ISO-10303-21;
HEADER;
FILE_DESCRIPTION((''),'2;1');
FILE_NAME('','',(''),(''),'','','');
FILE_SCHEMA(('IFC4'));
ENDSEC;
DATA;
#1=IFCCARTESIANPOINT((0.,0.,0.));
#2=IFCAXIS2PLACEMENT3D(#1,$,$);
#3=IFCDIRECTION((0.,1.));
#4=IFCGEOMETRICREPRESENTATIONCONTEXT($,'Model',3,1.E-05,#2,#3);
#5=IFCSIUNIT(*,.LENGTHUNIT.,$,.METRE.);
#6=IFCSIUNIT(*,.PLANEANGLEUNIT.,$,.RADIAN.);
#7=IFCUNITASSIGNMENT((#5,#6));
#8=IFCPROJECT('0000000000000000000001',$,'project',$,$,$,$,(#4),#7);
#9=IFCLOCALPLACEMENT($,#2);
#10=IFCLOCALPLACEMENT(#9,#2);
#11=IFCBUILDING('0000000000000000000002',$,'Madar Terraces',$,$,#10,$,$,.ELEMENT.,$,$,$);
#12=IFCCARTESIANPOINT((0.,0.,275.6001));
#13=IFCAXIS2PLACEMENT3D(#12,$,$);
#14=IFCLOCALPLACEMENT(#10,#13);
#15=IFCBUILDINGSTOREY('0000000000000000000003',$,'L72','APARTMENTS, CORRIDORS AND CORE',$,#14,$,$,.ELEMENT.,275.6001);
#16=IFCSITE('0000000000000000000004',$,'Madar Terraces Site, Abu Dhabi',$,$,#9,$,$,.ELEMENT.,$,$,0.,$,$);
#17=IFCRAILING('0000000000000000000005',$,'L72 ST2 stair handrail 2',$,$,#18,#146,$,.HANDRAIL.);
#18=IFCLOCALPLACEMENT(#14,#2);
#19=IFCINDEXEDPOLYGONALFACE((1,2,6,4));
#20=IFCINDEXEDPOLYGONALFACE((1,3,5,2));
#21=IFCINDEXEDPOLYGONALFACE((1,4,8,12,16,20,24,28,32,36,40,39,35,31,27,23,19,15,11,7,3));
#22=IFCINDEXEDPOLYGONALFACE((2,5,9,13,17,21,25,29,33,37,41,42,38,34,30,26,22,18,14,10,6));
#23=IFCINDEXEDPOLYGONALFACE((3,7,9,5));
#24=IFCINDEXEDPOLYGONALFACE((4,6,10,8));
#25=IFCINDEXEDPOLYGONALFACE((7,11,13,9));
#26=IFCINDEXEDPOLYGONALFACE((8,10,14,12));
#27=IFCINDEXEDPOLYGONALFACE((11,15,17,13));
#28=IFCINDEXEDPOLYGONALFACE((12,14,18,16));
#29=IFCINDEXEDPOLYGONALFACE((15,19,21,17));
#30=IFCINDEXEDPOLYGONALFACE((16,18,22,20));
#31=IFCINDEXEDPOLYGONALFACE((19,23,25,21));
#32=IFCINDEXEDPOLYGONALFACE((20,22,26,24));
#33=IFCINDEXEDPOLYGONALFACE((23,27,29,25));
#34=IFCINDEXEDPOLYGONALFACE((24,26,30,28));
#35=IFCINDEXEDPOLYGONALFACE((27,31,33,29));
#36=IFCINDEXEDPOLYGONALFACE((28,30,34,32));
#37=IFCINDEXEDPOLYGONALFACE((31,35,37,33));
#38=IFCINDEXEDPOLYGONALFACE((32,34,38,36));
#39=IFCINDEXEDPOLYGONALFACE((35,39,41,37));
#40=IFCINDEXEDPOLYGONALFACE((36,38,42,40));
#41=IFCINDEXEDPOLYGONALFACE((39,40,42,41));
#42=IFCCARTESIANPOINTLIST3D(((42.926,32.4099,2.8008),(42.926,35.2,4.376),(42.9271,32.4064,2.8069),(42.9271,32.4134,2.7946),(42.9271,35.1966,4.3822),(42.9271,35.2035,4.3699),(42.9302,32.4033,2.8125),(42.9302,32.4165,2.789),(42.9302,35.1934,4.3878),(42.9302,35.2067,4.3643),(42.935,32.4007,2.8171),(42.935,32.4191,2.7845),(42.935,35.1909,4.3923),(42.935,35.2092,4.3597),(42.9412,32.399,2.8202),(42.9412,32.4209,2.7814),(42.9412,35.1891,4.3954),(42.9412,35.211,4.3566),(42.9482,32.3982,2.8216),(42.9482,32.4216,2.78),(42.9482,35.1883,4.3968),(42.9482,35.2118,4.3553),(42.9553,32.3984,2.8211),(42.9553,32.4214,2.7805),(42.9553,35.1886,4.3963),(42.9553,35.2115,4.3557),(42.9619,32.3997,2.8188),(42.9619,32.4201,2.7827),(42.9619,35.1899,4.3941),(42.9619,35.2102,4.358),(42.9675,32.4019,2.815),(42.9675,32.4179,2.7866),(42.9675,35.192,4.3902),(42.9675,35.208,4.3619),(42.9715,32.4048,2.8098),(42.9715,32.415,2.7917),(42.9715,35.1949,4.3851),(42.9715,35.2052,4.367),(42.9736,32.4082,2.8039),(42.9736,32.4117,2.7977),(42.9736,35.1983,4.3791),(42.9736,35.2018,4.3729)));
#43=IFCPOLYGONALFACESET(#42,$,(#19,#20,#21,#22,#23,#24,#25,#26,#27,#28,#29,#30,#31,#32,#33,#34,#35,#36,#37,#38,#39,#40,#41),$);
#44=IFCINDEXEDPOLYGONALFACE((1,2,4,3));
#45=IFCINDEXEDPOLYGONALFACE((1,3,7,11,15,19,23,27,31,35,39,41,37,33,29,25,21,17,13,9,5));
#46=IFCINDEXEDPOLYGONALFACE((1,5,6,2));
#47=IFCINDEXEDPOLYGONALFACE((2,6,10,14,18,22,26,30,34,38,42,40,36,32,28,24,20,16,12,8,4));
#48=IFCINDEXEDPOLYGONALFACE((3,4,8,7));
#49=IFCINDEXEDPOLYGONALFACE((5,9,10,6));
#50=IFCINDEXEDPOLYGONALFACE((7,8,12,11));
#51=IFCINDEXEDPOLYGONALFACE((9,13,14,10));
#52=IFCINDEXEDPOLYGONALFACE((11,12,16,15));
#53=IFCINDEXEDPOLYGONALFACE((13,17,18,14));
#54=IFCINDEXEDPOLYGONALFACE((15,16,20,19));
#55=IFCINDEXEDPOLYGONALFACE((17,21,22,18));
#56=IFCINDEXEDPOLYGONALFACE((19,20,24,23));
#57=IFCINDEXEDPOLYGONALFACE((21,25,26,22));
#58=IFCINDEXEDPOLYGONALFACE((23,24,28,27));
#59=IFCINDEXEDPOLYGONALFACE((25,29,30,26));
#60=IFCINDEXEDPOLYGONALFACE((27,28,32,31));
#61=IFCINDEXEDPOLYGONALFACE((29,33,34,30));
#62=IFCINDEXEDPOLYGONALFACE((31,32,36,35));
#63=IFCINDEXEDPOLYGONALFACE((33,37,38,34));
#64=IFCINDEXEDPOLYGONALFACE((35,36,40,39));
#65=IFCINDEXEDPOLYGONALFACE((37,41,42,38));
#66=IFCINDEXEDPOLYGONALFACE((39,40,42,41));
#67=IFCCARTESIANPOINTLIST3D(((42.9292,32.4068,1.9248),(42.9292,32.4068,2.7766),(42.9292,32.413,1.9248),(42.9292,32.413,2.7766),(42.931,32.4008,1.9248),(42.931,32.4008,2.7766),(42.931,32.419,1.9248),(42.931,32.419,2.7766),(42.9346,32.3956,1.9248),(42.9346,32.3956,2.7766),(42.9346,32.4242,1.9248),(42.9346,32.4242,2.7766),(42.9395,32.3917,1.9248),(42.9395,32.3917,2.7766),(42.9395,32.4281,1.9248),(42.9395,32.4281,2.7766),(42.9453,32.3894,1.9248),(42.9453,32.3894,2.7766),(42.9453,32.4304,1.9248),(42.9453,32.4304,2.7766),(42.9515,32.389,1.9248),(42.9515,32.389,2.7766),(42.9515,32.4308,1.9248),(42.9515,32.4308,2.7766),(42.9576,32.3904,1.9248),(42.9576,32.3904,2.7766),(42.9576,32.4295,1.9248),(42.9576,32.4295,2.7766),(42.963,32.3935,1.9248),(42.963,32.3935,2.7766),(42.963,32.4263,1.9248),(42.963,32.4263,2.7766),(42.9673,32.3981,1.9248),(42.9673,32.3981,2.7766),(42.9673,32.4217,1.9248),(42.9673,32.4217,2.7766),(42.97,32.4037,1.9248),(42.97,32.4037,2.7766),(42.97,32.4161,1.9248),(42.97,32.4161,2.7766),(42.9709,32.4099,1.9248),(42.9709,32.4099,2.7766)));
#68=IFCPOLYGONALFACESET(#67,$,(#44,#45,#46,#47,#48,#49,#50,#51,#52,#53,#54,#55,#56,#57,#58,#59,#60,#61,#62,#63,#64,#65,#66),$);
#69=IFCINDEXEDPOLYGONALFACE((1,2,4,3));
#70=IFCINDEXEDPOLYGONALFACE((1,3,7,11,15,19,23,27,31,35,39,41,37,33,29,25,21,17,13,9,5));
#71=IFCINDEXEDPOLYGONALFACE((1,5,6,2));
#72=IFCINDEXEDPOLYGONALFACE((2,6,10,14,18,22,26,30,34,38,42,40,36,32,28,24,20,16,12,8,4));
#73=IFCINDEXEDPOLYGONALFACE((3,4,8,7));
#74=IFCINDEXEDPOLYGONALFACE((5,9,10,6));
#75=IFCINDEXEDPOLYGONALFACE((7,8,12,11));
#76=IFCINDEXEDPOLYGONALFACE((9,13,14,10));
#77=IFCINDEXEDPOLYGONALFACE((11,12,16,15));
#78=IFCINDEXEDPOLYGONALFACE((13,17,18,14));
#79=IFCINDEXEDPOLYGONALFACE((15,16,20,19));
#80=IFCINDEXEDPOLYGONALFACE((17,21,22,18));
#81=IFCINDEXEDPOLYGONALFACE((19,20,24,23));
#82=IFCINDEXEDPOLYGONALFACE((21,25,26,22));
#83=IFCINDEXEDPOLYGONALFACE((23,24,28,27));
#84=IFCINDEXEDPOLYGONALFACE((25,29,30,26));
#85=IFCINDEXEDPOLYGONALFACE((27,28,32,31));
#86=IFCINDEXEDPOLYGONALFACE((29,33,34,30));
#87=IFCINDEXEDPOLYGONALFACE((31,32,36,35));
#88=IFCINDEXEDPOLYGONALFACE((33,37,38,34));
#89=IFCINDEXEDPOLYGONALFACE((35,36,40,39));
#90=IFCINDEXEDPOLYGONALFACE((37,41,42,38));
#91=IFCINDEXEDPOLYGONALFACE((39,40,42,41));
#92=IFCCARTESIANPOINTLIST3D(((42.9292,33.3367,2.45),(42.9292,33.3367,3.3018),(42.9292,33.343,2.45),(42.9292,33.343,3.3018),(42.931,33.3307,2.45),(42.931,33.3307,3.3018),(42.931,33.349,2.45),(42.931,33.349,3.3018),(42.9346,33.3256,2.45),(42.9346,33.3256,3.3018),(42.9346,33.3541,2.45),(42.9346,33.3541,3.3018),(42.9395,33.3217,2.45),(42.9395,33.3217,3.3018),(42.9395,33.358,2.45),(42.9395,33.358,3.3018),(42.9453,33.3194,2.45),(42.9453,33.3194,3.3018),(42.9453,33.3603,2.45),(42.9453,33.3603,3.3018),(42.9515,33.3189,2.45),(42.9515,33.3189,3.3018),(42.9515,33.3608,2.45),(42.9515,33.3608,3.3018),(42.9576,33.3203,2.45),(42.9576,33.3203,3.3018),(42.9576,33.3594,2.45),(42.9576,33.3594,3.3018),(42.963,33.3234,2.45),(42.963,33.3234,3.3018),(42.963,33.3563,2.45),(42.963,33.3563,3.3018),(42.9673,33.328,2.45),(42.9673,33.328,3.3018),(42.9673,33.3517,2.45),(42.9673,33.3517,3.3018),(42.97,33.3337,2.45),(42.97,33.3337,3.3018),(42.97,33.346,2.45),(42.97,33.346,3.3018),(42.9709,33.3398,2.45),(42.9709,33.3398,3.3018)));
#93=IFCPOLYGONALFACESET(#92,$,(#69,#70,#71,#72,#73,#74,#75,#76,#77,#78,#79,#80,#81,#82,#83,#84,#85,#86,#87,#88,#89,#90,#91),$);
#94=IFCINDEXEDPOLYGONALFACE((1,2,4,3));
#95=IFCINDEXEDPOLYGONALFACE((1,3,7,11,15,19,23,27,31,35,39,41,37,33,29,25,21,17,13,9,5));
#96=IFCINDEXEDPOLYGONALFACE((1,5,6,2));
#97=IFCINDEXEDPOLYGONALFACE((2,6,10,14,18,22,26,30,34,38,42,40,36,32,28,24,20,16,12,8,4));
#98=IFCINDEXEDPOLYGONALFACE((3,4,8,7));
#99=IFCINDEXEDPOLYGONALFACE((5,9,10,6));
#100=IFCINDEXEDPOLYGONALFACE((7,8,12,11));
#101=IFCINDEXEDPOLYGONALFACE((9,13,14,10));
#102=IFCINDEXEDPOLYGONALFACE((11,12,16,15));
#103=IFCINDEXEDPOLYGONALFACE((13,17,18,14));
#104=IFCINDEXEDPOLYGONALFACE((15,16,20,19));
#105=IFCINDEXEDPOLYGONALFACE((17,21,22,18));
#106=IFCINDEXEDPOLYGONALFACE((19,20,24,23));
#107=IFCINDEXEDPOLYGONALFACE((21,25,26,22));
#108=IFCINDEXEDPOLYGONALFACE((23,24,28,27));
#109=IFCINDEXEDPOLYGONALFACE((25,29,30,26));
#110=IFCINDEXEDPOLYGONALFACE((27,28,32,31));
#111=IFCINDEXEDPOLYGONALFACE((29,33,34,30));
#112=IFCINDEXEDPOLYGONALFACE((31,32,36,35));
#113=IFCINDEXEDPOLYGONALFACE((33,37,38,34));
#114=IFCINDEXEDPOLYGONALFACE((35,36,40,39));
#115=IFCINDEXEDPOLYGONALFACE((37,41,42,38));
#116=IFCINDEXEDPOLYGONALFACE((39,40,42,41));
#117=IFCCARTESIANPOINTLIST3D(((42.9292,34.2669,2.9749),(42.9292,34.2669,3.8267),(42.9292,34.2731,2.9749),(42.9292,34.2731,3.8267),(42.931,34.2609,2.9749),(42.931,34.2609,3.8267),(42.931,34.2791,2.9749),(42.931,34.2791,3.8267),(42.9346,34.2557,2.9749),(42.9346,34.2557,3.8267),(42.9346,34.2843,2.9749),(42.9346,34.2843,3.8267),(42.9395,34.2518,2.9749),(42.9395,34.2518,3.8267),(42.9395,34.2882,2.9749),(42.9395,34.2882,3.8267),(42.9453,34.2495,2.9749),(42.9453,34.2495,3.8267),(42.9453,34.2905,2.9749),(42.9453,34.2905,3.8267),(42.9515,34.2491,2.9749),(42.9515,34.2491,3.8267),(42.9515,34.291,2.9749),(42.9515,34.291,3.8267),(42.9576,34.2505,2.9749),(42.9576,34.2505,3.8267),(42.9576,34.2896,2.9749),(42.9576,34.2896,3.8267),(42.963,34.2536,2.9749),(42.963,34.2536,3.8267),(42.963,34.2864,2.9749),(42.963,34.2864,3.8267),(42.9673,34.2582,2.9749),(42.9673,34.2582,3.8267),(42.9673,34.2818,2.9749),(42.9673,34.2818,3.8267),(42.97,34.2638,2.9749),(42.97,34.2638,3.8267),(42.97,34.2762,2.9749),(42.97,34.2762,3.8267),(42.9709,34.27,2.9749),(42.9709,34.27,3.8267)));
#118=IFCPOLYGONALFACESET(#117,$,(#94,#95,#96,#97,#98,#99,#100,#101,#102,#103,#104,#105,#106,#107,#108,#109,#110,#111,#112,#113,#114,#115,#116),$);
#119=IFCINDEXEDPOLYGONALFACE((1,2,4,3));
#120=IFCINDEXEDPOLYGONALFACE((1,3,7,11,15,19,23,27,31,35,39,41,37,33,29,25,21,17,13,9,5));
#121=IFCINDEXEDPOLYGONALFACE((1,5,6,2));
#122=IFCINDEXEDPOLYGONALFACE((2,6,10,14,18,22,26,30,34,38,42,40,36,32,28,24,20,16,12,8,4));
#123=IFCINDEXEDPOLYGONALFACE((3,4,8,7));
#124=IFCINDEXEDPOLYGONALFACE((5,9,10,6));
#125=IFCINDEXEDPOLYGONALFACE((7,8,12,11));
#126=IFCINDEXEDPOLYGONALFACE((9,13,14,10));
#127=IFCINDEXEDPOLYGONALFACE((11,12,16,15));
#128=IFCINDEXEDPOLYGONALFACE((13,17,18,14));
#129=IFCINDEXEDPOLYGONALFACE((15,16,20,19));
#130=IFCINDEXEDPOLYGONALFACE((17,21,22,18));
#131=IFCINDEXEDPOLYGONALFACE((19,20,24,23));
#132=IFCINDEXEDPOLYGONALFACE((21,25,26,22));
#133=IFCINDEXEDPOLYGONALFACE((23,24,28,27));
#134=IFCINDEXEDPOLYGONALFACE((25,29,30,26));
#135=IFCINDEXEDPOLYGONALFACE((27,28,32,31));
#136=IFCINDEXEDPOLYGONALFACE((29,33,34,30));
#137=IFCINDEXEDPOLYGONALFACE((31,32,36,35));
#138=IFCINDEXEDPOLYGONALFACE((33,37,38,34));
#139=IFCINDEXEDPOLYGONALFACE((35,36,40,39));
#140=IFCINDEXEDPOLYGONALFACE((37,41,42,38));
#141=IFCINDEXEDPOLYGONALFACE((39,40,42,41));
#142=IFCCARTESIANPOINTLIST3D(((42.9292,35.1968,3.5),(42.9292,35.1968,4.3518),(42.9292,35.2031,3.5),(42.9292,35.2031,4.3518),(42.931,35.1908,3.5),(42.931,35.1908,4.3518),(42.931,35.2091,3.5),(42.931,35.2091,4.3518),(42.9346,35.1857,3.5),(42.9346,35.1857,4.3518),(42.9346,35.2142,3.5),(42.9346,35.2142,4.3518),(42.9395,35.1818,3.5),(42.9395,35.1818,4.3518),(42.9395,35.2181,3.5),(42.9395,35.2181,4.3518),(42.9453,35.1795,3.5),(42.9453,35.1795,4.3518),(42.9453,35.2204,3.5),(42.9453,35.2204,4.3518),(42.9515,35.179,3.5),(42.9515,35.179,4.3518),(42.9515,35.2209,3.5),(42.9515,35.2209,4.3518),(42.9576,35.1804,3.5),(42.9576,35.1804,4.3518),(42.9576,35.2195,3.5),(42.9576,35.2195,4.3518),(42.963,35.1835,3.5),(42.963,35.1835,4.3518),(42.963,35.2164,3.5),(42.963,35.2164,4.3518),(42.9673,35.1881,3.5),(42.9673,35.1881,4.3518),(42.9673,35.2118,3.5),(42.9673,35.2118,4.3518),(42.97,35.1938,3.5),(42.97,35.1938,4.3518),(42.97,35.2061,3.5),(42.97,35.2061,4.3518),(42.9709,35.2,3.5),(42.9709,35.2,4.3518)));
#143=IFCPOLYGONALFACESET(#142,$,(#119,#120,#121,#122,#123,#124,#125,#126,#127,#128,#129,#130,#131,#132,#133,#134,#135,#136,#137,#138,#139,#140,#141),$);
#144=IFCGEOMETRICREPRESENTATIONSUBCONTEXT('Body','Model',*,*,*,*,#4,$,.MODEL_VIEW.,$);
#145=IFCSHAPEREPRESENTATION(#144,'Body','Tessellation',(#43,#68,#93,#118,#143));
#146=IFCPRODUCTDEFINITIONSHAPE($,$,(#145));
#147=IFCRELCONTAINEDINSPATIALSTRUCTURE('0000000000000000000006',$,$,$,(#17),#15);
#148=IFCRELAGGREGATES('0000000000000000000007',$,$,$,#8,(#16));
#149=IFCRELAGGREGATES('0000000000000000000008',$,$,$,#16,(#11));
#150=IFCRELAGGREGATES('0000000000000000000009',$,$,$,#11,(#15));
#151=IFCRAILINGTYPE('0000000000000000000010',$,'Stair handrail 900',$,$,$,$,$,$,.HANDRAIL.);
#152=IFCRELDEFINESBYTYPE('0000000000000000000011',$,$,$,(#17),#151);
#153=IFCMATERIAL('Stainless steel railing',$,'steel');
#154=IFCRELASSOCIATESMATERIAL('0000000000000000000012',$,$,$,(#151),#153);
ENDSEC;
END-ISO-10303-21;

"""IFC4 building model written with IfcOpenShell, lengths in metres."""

from ifc_helpers import new_model, si_unit, direction, frame, origin, origin_2d, place, context, subcontext, project, spatial, circle, extrude, material, type_object, element, save


model = new_model("IFC4")

# Units and contexts
model_context = context("Model", 3, precision=1e-05, world=origin(), true_north=direction((0.0, 1.0)))
body_context = subcontext(model_context, "Body", "Model", "MODEL_VIEW")
ifc_project = project(units=[si_unit("LENGTHUNIT", "METRE"), si_unit("PLANEANGLEUNIT", "RADIAN")], contexts=[model_context])

# Site, building, storey
site_placement = place(None, origin())
site = spatial("IfcSite", under=ifc_project, at=site_placement, Name="Madar Terraces Site, Abu Dhabi", CompositionType="ELEMENT", RefElevation=0.0)
building_placement = place(site_placement, origin())
building = spatial("IfcBuilding", under=site, at=building_placement, Name="Madar Terraces", CompositionType="ELEMENT")
storey_placement = place(building_placement, frame((0.0, 0.0, 275.6001)))
storey = spatial("IfcBuildingStorey", under=building, at=storey_placement, Name="L72", Description="APARTMENTS, CORRIDORS AND CORE", CompositionType="ELEMENT", Elevation=275.6001)

# Railing
ifc_material_1 = material(Name="Stainless steel railing", Category="steel")
railing_type_1 = type_object("IfcRailingType", Name="Stair handrail 900", PredefinedType="HANDRAIL", material=ifc_material_1)
railing_1_placement = place(storey_placement, frame((42.95, 32.4099, 1.9248)))
element("IfcRailing", 1, at=railing_1_placement, inside=storey, type_object=railing_type_1, Name="L72 ST2 stair handrail 2", PredefinedType="HANDRAIL", context=body_context, shape_type="SweptSolid", body=[
    extrude(circle(Radius=0.0239, at=origin_2d()), frame((0.0, 0.0, 0.876), z_axis=(0.0, 0.870801, 0.491635), x_axis=(-1.0, 0.0, 0.0)), (0.0, 0.0, 1.0), 3.2041),
    extrude(circle(Radius=0.021, at=origin_2d()), origin(), (0.0, 0.0, 1.0), 0.8518),
    extrude(circle(Radius=0.021, at=origin_2d()), frame((0.0, 0.9299, 0.5251)), (0.0, 0.0, 1.0), 0.8518),
    extrude(circle(Radius=0.021, at=origin_2d()), frame((0.0, 1.8601, 1.05)), (0.0, 0.0, 1.0), 0.8518),
    extrude(circle(Radius=0.021, at=origin_2d()), frame((0.0, 2.79, 1.5752)), (0.0, 0.0, 1.0), 0.8518),
])

save(model, "model.ifc")
